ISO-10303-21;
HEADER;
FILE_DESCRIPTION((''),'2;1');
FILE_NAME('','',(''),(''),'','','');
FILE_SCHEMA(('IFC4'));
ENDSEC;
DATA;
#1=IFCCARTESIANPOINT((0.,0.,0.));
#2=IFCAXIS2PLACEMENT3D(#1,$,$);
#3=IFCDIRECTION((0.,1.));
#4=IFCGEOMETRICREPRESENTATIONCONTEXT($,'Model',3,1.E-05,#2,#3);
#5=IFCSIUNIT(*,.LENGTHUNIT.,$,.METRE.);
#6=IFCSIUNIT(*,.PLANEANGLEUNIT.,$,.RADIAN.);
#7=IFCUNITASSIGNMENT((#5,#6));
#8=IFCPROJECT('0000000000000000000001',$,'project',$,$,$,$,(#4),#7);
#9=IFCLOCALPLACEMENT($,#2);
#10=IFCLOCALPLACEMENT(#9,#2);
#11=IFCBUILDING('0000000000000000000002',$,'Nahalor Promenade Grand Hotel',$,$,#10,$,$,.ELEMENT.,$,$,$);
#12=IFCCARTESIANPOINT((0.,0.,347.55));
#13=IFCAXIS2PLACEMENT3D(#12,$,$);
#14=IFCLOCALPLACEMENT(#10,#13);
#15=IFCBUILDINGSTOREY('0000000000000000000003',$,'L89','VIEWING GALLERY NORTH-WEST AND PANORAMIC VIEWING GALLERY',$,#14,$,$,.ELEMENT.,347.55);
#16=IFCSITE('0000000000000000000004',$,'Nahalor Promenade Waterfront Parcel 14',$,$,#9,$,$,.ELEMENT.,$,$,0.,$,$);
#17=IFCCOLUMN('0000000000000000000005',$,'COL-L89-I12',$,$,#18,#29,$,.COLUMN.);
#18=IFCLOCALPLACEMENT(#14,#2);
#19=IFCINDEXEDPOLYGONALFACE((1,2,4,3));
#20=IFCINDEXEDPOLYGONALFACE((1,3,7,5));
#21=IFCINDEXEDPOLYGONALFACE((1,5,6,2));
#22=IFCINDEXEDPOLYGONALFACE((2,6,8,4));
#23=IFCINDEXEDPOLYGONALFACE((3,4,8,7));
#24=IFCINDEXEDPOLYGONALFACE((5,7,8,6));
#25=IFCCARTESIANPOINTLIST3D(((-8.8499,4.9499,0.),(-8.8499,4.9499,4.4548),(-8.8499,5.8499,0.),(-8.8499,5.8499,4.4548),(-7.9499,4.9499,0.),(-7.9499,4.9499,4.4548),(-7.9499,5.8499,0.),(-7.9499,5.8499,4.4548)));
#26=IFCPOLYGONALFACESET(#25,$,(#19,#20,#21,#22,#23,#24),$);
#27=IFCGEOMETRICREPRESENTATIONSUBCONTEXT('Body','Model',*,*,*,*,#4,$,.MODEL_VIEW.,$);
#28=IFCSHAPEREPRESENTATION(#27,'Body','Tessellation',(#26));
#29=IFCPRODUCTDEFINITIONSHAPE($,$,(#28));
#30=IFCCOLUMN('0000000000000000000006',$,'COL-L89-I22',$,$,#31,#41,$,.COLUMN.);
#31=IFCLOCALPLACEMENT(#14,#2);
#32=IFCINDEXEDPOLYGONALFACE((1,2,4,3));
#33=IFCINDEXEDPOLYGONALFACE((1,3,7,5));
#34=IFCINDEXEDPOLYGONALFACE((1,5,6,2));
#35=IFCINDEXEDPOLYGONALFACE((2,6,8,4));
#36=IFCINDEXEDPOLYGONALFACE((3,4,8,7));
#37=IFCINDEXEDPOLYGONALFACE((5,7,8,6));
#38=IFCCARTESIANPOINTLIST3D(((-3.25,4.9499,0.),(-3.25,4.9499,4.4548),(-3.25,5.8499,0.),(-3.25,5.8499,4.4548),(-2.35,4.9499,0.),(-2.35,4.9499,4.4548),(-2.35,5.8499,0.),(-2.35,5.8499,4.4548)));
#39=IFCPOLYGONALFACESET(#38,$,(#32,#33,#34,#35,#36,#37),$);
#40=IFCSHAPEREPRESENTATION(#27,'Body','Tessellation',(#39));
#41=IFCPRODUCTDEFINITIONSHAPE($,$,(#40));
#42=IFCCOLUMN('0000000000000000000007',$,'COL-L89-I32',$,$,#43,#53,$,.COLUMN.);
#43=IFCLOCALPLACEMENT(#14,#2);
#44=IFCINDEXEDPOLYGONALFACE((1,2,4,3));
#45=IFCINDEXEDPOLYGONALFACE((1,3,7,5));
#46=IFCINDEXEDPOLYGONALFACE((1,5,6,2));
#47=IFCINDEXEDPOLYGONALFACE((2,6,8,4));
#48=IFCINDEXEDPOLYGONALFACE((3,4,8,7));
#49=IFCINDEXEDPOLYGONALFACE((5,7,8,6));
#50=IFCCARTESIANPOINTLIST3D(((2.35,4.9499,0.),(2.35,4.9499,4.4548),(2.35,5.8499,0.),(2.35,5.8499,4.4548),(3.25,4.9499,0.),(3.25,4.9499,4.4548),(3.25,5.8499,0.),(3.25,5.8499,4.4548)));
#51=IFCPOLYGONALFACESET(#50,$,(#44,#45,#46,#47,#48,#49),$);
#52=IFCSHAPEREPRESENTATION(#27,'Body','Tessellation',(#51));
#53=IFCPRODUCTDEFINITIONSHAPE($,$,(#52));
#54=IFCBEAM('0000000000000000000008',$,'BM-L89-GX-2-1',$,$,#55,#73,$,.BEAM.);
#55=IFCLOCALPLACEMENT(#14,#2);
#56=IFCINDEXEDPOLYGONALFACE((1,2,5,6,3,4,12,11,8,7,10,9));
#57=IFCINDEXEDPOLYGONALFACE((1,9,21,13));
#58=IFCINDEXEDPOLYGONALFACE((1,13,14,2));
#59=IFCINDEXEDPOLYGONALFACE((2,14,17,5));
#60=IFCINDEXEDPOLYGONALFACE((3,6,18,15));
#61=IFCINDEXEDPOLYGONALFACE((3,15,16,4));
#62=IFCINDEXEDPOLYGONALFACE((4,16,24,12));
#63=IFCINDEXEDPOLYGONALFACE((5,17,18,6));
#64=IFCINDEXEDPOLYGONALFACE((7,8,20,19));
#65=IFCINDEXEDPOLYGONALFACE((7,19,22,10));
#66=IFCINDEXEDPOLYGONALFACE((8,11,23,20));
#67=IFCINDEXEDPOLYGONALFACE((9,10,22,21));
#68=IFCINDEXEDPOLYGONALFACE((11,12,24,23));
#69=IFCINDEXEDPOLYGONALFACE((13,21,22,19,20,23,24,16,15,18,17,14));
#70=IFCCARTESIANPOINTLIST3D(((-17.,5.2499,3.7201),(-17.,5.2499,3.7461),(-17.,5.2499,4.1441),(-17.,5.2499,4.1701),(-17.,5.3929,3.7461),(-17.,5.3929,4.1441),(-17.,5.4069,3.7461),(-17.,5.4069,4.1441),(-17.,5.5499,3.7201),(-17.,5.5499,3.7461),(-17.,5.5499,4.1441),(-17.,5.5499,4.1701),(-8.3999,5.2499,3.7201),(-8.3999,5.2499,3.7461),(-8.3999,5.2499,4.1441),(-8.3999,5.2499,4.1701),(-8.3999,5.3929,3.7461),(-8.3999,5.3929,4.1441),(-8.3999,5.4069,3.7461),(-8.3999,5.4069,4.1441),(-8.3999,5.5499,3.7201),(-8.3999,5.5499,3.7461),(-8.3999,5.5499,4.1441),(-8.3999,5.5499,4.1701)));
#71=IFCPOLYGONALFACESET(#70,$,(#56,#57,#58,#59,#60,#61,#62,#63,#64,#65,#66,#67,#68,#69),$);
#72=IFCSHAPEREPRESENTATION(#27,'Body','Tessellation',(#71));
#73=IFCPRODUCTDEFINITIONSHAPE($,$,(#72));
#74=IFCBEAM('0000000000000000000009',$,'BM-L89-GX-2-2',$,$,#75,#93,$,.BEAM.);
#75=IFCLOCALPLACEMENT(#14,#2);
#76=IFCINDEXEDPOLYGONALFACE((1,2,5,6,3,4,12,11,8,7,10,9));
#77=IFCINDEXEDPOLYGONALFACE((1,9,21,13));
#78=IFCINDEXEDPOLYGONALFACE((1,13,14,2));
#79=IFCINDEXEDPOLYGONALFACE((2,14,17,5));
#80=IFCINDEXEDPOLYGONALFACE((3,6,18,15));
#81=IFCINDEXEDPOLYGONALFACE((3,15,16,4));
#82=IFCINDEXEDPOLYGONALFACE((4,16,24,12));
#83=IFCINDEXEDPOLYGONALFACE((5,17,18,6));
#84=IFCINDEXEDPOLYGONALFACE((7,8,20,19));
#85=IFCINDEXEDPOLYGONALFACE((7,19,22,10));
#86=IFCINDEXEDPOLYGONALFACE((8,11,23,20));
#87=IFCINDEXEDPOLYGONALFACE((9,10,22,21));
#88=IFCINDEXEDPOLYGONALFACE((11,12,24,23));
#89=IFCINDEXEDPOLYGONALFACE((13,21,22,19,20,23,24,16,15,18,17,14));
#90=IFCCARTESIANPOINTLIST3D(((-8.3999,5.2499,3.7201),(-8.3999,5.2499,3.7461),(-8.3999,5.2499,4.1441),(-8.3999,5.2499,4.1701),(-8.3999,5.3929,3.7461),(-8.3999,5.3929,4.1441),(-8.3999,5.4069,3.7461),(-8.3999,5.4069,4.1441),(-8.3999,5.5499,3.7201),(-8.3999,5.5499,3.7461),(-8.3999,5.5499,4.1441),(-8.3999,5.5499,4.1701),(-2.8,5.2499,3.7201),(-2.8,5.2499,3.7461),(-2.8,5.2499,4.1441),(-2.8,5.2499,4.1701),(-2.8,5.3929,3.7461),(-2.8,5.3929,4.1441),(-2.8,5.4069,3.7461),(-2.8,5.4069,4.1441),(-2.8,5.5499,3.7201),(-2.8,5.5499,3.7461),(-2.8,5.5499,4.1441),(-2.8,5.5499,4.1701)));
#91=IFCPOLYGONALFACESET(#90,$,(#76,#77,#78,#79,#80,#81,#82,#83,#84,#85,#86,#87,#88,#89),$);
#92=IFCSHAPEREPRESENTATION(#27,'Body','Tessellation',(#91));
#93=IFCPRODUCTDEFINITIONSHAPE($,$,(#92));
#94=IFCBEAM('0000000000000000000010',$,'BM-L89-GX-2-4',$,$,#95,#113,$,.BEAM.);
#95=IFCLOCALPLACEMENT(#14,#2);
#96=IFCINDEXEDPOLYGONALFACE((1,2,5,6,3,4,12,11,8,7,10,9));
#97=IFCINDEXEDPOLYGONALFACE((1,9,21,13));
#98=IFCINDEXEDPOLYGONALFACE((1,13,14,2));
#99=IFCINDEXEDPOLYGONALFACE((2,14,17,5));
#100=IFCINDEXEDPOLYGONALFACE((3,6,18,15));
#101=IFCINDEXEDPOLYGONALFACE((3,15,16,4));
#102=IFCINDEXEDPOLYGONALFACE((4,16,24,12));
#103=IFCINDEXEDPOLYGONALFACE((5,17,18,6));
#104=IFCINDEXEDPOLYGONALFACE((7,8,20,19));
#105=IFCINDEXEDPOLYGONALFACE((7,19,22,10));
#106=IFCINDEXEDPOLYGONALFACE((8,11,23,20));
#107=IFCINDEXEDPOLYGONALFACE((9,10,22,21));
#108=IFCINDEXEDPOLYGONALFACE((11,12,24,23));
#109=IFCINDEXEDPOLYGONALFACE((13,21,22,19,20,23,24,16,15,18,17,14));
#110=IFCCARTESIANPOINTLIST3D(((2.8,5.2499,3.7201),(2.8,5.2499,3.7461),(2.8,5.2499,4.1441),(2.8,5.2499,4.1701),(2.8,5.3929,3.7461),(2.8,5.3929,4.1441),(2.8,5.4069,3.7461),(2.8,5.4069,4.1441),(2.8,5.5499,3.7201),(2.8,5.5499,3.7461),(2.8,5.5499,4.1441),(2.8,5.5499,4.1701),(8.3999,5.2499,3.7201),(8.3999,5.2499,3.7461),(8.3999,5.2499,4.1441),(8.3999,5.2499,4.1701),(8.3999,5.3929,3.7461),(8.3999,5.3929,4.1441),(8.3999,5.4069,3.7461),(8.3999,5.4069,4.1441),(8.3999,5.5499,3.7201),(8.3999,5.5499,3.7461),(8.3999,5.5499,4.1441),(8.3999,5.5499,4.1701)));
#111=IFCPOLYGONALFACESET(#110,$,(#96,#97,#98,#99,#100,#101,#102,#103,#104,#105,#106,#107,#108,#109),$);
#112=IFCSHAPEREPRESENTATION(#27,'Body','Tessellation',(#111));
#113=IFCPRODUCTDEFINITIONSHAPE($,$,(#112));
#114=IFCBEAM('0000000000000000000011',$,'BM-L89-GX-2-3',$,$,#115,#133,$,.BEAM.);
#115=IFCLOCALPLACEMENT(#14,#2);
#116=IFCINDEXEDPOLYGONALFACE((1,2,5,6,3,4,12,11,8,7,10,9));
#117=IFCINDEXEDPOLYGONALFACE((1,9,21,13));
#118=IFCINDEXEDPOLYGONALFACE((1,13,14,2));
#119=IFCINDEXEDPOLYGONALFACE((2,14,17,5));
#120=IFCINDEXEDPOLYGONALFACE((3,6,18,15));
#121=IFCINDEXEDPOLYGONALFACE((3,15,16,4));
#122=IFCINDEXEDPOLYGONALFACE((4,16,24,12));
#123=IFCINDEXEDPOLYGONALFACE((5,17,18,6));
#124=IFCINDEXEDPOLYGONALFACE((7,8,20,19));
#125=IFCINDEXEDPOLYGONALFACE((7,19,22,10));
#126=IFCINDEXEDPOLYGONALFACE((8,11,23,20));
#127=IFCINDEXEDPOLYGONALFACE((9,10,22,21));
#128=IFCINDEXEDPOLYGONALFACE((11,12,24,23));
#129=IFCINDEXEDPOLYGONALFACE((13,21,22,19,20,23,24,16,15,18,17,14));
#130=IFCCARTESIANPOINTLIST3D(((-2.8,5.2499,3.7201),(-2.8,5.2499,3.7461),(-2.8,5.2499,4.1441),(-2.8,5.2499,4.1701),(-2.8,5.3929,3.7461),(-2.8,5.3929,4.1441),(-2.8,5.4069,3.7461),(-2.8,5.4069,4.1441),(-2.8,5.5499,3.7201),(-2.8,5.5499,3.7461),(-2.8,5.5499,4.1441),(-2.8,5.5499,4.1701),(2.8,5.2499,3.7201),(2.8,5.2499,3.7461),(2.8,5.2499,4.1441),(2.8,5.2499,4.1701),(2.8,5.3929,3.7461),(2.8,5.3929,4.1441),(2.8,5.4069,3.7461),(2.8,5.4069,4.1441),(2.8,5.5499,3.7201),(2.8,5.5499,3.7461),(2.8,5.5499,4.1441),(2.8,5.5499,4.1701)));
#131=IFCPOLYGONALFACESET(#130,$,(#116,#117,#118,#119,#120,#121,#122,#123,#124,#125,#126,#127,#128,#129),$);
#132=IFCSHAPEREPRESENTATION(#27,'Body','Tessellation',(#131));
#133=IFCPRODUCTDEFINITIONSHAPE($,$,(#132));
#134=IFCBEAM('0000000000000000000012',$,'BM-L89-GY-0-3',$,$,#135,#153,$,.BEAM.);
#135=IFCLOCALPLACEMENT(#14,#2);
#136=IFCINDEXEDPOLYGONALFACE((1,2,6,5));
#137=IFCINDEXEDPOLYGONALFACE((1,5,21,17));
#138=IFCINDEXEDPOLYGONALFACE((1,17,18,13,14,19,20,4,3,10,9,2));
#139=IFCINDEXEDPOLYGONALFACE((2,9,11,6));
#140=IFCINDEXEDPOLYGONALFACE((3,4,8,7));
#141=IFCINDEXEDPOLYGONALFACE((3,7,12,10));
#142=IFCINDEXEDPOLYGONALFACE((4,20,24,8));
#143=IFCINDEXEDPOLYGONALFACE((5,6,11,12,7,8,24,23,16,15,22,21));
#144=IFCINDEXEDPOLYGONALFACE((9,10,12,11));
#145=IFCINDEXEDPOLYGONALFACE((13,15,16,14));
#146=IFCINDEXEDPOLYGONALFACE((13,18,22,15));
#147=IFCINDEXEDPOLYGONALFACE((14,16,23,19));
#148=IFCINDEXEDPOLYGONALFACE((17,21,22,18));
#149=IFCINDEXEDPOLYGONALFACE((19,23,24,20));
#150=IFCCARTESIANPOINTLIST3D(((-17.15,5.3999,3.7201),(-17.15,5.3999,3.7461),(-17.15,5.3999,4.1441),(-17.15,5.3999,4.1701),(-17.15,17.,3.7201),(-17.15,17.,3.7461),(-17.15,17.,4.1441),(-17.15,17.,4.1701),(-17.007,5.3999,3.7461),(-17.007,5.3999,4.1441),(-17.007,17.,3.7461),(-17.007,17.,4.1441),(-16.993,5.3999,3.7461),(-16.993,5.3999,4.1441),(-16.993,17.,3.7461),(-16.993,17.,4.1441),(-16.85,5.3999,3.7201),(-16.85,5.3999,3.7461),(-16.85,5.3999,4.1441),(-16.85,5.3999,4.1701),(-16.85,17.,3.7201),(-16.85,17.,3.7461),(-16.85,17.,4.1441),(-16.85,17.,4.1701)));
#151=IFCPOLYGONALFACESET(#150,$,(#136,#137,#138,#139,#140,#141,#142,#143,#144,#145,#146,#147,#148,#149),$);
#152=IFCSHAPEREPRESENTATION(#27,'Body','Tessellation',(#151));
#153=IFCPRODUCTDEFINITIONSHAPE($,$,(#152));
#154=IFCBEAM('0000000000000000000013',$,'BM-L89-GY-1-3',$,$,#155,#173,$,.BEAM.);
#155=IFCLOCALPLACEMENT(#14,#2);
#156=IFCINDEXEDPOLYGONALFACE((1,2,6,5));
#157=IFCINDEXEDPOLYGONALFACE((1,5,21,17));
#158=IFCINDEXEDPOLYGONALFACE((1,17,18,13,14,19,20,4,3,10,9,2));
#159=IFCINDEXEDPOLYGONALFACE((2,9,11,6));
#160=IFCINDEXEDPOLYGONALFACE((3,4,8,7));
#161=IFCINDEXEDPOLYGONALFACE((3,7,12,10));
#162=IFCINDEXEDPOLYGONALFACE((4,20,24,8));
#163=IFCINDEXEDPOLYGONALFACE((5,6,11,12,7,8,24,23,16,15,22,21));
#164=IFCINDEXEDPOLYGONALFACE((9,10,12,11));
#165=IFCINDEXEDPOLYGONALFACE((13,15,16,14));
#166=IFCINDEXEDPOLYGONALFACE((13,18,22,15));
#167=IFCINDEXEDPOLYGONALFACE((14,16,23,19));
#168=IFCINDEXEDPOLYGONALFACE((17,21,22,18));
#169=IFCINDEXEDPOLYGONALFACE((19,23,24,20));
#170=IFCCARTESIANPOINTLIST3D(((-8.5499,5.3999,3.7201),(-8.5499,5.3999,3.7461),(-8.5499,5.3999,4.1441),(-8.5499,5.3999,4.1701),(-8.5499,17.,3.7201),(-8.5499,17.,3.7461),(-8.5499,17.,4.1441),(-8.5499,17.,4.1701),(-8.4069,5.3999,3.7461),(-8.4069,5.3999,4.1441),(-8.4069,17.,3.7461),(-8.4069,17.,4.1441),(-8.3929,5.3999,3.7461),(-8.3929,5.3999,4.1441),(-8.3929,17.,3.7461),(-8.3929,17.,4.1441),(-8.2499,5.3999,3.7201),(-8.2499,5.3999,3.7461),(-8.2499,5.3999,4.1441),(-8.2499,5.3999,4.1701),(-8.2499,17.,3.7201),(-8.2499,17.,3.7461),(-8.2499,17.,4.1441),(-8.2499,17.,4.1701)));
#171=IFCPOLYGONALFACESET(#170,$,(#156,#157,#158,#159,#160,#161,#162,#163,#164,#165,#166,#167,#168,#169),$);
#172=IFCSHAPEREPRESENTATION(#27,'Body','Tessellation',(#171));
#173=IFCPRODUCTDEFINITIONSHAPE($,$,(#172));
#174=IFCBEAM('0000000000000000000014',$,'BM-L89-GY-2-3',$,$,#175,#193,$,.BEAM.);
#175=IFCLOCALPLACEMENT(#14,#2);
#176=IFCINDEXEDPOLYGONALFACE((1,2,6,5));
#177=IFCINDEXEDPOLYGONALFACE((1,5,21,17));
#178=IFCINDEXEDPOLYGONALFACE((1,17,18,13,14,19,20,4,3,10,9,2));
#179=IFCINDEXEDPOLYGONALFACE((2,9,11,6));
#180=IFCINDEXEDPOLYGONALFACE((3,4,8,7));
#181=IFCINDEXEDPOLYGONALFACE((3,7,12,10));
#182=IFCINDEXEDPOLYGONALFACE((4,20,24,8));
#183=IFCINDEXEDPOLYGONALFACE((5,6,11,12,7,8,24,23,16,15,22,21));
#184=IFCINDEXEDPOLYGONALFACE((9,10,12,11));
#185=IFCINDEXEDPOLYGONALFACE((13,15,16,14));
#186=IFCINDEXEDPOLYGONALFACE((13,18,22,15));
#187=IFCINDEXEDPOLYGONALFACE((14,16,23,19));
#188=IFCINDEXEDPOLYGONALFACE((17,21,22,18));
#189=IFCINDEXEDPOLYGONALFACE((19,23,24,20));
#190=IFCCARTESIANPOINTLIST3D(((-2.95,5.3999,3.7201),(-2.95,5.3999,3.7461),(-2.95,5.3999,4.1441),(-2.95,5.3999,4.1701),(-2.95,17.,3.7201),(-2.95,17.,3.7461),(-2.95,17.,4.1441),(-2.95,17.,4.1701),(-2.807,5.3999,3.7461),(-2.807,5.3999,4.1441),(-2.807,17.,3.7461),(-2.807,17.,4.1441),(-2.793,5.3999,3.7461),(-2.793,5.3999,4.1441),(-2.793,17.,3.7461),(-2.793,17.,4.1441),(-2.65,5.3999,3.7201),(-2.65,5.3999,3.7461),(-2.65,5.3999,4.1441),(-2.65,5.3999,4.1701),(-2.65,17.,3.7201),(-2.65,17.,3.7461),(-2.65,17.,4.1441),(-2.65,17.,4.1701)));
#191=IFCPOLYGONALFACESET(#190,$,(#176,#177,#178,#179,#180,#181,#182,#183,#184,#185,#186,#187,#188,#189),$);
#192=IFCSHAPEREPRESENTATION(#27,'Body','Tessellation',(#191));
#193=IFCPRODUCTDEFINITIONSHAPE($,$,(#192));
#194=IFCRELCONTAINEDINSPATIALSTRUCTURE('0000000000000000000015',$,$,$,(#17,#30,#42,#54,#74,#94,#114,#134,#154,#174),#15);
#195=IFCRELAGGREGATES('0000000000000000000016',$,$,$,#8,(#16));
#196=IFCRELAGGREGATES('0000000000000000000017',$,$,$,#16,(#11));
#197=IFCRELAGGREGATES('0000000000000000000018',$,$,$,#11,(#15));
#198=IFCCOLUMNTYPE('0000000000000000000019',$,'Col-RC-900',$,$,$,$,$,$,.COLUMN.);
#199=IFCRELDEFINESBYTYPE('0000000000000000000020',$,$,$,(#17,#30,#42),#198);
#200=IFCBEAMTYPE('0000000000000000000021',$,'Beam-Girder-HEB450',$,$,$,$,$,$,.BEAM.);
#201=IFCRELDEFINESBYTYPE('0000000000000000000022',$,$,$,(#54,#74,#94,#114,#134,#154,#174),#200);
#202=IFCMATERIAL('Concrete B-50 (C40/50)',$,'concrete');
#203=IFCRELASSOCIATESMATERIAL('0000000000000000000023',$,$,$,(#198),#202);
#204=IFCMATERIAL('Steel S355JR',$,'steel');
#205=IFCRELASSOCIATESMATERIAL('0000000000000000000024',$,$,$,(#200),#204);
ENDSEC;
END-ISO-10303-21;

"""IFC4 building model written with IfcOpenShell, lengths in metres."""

from ifc_helpers import new_model, si_unit, direction, frame, origin, origin_2d, place, context, subcontext, project, spatial, rectangle, i_section, extrude, source, transform, mapped, material, material_profile, profile_set, type_object, element, save


model = new_model("IFC4")

# Units and contexts
model_context = context("Model", 3, precision=1e-05, world=origin(), true_north=direction((0.0, 1.0)))
body_context = subcontext(model_context, "Body", "Model", "MODEL_VIEW")
ifc_project = project(units=[si_unit("LENGTHUNIT", "METRE"), si_unit("PLANEANGLEUNIT", "RADIAN")], contexts=[model_context])

# Site, building, storey
site_placement = place(None, origin())
site = spatial("IfcSite", under=ifc_project, at=site_placement, Name="Nahalor Promenade Waterfront Parcel 14", CompositionType="ELEMENT", RefElevation=0.0)
building_placement = place(site_placement, origin())
building = spatial("IfcBuilding", under=site, at=building_placement, Name="Nahalor Promenade Grand Hotel", CompositionType="ELEMENT")
storey_placement = place(building_placement, frame((0.0, 0.0, 347.55)))
storey = spatial("IfcBuildingStorey", under=building, at=storey_placement, Name="L89", Description="VIEWING GALLERY NORTH-WEST AND PANORAMIC VIEWING GALLERY", CompositionType="ELEMENT", Elevation=347.55)

# Columns
ifc_material_1 = material(Name="Concrete B-50 (C40/50)", Category="concrete")
ifc_material_profile_1 = material_profile(ifc_material_1, rectangle(XDim=0.9, YDim=0.9, at=origin_2d()), Name="RC 900x900")
ifc_profile_set_1 = profile_set([ifc_material_profile_1], Name="Concrete B-50 (C40/50)")
column_type = type_object("IfcColumnType", Name="Col-RC-900", PredefinedType="COLUMN", material=ifc_profile_set_1)
shared_shape_1 = source(origin(), body_context, "Body", "SweptSolid", [
    extrude(rectangle(XDim=0.9, YDim=0.9, at=origin_2d()), origin(), (0.0, 0.0, 1.0), 4.4548),
])
for number, where, z_axis, x_axis, name in (
    (1, (-8.3999, 5.3999, 0.0), (0.0, 0.0, 1.0), (1.0, 0.0, 0.0), "COL-L89-I12"),
    (2, (-2.8, 5.3999, 0.0), (0.0, 0.0, 1.0), (1.0, 0.0, 0.0), "COL-L89-I22"),
    (3, (2.8, 5.3999, 0.0), (0.0, 0.0, 1.0), (1.0, 0.0, 0.0), "COL-L89-I32"),
):
    element("IfcColumn", number, at=place(storey_placement, frame(where, z_axis=z_axis, x_axis=x_axis)), inside=storey, type_object=column_type, Name=name, PredefinedType="COLUMN", context=body_context, shape_type="MappedRepresentation", body=[
        mapped(shared_shape_1, transform((0.0, 0.0, 0.0), scale=1.0)),
    ])

# Beams
ifc_material_2 = material(Name="Steel S355JR", Category="steel")
ifc_material_profile_2 = material_profile(ifc_material_2, i_section(OverallWidth=0.3, OverallDepth=0.45, WebThickness=0.014, FlangeThickness=0.026, at=origin_2d()), Name="HEB 450")
ifc_profile_set_2 = profile_set([ifc_material_profile_2], Name="Steel S355JR")
beam_type_1 = type_object("IfcBeamType", Name="Beam-Girder-HEB450", PredefinedType="BEAM", material=ifc_profile_set_2)
shared_shape_2 = source(origin(), body_context, "Body", "SweptSolid", [
    extrude(i_section(OverallWidth=0.3, OverallDepth=0.45, WebThickness=0.014, FlangeThickness=0.026, at=origin_2d()), origin(), (0.0, 0.0, 1.0), 8.6001),
])
beam_1_placement = place(storey_placement, frame((-17.0, 5.3999, 3.9451), z_axis=(1.0, 0.0, 0.0), x_axis=(0.0, 1.0, 0.0)))
element("IfcBeam", 4, at=beam_1_placement, inside=storey, type_object=beam_type_1, Name="BM-L89-GX-2-1", PredefinedType="BEAM", context=body_context, shape_type="MappedRepresentation", body=[
    mapped(shared_shape_2, transform((0.0, 0.0, 0.0), scale=1.0)),
])
shared_shape_3 = source(origin(), body_context, "Body", "SweptSolid", [
    extrude(i_section(OverallWidth=0.3, OverallDepth=0.45, WebThickness=0.014, FlangeThickness=0.026, at=origin_2d()), origin(), (0.0, 0.0, 1.0), 5.5999),
])
for number, where, z_axis, x_axis, name in (
    (5, (-8.3999, 5.3999, 3.9451), (1.0, 0.0, 0.0), (0.0, 1.0, 0.0), "BM-L89-GX-2-2"),
    (6, (2.8, 5.3999, 3.9451), (1.0, 0.0, 0.0), (0.0, 1.0, 0.0), "BM-L89-GX-2-4"),
):
    element("IfcBeam", number, at=place(storey_placement, frame(where, z_axis=z_axis, x_axis=x_axis)), inside=storey, type_object=beam_type_1, Name=name, PredefinedType="BEAM", context=body_context, shape_type="MappedRepresentation", body=[
        mapped(shared_shape_3, transform((0.0, 0.0, 0.0), scale=1.0)),
    ])
shared_shape_4 = source(origin(), body_context, "Body", "SweptSolid", [
    extrude(i_section(OverallWidth=0.3, OverallDepth=0.45, WebThickness=0.014, FlangeThickness=0.026, at=origin_2d()), origin(), (0.0, 0.0, 1.0), 5.6001),
])
beam_2_placement = place(storey_placement, frame((-2.8, 5.3999, 3.9451), z_axis=(1.0, 0.0, 0.0), x_axis=(0.0, 1.0, 0.0)))
element("IfcBeam", 7, at=beam_2_placement, inside=storey, type_object=beam_type_1, Name="BM-L89-GX-2-3", PredefinedType="BEAM", context=body_context, shape_type="MappedRepresentation", body=[
    mapped(shared_shape_4, transform((0.0, 0.0, 0.0), scale=1.0)),
])
shared_shape_5 = source(origin(), body_context, "Body", "SweptSolid", [
    extrude(i_section(OverallWidth=0.3, OverallDepth=0.45, WebThickness=0.014, FlangeThickness=0.026, at=origin_2d()), origin(), (0.0, 0.0, 1.0), 11.6001),
])
for number, where, z_axis, x_axis, name in (
    (8, (-17.0, 5.3999, 3.9451), (0.0, 1.0, 0.0), (-1.0, 0.0, 0.0), "BM-L89-GY-0-3"),
    (9, (-8.3999, 5.3999, 3.9451), (0.0, 1.0, 0.0), (-1.0, 0.0, 0.0), "BM-L89-GY-1-3"),
    (10, (-2.8, 5.3999, 3.9451), (0.0, 1.0, 0.0), (-1.0, 0.0, 0.0), "BM-L89-GY-2-3"),
):
    element("IfcBeam", number, at=place(storey_placement, frame(where, z_axis=z_axis, x_axis=x_axis)), inside=storey, type_object=beam_type_1, Name=name, PredefinedType="BEAM", context=body_context, shape_type="MappedRepresentation", body=[
        mapped(shared_shape_5, transform((0.0, 0.0, 0.0), scale=1.0)),
    ])

save(model, "model.ifc")
